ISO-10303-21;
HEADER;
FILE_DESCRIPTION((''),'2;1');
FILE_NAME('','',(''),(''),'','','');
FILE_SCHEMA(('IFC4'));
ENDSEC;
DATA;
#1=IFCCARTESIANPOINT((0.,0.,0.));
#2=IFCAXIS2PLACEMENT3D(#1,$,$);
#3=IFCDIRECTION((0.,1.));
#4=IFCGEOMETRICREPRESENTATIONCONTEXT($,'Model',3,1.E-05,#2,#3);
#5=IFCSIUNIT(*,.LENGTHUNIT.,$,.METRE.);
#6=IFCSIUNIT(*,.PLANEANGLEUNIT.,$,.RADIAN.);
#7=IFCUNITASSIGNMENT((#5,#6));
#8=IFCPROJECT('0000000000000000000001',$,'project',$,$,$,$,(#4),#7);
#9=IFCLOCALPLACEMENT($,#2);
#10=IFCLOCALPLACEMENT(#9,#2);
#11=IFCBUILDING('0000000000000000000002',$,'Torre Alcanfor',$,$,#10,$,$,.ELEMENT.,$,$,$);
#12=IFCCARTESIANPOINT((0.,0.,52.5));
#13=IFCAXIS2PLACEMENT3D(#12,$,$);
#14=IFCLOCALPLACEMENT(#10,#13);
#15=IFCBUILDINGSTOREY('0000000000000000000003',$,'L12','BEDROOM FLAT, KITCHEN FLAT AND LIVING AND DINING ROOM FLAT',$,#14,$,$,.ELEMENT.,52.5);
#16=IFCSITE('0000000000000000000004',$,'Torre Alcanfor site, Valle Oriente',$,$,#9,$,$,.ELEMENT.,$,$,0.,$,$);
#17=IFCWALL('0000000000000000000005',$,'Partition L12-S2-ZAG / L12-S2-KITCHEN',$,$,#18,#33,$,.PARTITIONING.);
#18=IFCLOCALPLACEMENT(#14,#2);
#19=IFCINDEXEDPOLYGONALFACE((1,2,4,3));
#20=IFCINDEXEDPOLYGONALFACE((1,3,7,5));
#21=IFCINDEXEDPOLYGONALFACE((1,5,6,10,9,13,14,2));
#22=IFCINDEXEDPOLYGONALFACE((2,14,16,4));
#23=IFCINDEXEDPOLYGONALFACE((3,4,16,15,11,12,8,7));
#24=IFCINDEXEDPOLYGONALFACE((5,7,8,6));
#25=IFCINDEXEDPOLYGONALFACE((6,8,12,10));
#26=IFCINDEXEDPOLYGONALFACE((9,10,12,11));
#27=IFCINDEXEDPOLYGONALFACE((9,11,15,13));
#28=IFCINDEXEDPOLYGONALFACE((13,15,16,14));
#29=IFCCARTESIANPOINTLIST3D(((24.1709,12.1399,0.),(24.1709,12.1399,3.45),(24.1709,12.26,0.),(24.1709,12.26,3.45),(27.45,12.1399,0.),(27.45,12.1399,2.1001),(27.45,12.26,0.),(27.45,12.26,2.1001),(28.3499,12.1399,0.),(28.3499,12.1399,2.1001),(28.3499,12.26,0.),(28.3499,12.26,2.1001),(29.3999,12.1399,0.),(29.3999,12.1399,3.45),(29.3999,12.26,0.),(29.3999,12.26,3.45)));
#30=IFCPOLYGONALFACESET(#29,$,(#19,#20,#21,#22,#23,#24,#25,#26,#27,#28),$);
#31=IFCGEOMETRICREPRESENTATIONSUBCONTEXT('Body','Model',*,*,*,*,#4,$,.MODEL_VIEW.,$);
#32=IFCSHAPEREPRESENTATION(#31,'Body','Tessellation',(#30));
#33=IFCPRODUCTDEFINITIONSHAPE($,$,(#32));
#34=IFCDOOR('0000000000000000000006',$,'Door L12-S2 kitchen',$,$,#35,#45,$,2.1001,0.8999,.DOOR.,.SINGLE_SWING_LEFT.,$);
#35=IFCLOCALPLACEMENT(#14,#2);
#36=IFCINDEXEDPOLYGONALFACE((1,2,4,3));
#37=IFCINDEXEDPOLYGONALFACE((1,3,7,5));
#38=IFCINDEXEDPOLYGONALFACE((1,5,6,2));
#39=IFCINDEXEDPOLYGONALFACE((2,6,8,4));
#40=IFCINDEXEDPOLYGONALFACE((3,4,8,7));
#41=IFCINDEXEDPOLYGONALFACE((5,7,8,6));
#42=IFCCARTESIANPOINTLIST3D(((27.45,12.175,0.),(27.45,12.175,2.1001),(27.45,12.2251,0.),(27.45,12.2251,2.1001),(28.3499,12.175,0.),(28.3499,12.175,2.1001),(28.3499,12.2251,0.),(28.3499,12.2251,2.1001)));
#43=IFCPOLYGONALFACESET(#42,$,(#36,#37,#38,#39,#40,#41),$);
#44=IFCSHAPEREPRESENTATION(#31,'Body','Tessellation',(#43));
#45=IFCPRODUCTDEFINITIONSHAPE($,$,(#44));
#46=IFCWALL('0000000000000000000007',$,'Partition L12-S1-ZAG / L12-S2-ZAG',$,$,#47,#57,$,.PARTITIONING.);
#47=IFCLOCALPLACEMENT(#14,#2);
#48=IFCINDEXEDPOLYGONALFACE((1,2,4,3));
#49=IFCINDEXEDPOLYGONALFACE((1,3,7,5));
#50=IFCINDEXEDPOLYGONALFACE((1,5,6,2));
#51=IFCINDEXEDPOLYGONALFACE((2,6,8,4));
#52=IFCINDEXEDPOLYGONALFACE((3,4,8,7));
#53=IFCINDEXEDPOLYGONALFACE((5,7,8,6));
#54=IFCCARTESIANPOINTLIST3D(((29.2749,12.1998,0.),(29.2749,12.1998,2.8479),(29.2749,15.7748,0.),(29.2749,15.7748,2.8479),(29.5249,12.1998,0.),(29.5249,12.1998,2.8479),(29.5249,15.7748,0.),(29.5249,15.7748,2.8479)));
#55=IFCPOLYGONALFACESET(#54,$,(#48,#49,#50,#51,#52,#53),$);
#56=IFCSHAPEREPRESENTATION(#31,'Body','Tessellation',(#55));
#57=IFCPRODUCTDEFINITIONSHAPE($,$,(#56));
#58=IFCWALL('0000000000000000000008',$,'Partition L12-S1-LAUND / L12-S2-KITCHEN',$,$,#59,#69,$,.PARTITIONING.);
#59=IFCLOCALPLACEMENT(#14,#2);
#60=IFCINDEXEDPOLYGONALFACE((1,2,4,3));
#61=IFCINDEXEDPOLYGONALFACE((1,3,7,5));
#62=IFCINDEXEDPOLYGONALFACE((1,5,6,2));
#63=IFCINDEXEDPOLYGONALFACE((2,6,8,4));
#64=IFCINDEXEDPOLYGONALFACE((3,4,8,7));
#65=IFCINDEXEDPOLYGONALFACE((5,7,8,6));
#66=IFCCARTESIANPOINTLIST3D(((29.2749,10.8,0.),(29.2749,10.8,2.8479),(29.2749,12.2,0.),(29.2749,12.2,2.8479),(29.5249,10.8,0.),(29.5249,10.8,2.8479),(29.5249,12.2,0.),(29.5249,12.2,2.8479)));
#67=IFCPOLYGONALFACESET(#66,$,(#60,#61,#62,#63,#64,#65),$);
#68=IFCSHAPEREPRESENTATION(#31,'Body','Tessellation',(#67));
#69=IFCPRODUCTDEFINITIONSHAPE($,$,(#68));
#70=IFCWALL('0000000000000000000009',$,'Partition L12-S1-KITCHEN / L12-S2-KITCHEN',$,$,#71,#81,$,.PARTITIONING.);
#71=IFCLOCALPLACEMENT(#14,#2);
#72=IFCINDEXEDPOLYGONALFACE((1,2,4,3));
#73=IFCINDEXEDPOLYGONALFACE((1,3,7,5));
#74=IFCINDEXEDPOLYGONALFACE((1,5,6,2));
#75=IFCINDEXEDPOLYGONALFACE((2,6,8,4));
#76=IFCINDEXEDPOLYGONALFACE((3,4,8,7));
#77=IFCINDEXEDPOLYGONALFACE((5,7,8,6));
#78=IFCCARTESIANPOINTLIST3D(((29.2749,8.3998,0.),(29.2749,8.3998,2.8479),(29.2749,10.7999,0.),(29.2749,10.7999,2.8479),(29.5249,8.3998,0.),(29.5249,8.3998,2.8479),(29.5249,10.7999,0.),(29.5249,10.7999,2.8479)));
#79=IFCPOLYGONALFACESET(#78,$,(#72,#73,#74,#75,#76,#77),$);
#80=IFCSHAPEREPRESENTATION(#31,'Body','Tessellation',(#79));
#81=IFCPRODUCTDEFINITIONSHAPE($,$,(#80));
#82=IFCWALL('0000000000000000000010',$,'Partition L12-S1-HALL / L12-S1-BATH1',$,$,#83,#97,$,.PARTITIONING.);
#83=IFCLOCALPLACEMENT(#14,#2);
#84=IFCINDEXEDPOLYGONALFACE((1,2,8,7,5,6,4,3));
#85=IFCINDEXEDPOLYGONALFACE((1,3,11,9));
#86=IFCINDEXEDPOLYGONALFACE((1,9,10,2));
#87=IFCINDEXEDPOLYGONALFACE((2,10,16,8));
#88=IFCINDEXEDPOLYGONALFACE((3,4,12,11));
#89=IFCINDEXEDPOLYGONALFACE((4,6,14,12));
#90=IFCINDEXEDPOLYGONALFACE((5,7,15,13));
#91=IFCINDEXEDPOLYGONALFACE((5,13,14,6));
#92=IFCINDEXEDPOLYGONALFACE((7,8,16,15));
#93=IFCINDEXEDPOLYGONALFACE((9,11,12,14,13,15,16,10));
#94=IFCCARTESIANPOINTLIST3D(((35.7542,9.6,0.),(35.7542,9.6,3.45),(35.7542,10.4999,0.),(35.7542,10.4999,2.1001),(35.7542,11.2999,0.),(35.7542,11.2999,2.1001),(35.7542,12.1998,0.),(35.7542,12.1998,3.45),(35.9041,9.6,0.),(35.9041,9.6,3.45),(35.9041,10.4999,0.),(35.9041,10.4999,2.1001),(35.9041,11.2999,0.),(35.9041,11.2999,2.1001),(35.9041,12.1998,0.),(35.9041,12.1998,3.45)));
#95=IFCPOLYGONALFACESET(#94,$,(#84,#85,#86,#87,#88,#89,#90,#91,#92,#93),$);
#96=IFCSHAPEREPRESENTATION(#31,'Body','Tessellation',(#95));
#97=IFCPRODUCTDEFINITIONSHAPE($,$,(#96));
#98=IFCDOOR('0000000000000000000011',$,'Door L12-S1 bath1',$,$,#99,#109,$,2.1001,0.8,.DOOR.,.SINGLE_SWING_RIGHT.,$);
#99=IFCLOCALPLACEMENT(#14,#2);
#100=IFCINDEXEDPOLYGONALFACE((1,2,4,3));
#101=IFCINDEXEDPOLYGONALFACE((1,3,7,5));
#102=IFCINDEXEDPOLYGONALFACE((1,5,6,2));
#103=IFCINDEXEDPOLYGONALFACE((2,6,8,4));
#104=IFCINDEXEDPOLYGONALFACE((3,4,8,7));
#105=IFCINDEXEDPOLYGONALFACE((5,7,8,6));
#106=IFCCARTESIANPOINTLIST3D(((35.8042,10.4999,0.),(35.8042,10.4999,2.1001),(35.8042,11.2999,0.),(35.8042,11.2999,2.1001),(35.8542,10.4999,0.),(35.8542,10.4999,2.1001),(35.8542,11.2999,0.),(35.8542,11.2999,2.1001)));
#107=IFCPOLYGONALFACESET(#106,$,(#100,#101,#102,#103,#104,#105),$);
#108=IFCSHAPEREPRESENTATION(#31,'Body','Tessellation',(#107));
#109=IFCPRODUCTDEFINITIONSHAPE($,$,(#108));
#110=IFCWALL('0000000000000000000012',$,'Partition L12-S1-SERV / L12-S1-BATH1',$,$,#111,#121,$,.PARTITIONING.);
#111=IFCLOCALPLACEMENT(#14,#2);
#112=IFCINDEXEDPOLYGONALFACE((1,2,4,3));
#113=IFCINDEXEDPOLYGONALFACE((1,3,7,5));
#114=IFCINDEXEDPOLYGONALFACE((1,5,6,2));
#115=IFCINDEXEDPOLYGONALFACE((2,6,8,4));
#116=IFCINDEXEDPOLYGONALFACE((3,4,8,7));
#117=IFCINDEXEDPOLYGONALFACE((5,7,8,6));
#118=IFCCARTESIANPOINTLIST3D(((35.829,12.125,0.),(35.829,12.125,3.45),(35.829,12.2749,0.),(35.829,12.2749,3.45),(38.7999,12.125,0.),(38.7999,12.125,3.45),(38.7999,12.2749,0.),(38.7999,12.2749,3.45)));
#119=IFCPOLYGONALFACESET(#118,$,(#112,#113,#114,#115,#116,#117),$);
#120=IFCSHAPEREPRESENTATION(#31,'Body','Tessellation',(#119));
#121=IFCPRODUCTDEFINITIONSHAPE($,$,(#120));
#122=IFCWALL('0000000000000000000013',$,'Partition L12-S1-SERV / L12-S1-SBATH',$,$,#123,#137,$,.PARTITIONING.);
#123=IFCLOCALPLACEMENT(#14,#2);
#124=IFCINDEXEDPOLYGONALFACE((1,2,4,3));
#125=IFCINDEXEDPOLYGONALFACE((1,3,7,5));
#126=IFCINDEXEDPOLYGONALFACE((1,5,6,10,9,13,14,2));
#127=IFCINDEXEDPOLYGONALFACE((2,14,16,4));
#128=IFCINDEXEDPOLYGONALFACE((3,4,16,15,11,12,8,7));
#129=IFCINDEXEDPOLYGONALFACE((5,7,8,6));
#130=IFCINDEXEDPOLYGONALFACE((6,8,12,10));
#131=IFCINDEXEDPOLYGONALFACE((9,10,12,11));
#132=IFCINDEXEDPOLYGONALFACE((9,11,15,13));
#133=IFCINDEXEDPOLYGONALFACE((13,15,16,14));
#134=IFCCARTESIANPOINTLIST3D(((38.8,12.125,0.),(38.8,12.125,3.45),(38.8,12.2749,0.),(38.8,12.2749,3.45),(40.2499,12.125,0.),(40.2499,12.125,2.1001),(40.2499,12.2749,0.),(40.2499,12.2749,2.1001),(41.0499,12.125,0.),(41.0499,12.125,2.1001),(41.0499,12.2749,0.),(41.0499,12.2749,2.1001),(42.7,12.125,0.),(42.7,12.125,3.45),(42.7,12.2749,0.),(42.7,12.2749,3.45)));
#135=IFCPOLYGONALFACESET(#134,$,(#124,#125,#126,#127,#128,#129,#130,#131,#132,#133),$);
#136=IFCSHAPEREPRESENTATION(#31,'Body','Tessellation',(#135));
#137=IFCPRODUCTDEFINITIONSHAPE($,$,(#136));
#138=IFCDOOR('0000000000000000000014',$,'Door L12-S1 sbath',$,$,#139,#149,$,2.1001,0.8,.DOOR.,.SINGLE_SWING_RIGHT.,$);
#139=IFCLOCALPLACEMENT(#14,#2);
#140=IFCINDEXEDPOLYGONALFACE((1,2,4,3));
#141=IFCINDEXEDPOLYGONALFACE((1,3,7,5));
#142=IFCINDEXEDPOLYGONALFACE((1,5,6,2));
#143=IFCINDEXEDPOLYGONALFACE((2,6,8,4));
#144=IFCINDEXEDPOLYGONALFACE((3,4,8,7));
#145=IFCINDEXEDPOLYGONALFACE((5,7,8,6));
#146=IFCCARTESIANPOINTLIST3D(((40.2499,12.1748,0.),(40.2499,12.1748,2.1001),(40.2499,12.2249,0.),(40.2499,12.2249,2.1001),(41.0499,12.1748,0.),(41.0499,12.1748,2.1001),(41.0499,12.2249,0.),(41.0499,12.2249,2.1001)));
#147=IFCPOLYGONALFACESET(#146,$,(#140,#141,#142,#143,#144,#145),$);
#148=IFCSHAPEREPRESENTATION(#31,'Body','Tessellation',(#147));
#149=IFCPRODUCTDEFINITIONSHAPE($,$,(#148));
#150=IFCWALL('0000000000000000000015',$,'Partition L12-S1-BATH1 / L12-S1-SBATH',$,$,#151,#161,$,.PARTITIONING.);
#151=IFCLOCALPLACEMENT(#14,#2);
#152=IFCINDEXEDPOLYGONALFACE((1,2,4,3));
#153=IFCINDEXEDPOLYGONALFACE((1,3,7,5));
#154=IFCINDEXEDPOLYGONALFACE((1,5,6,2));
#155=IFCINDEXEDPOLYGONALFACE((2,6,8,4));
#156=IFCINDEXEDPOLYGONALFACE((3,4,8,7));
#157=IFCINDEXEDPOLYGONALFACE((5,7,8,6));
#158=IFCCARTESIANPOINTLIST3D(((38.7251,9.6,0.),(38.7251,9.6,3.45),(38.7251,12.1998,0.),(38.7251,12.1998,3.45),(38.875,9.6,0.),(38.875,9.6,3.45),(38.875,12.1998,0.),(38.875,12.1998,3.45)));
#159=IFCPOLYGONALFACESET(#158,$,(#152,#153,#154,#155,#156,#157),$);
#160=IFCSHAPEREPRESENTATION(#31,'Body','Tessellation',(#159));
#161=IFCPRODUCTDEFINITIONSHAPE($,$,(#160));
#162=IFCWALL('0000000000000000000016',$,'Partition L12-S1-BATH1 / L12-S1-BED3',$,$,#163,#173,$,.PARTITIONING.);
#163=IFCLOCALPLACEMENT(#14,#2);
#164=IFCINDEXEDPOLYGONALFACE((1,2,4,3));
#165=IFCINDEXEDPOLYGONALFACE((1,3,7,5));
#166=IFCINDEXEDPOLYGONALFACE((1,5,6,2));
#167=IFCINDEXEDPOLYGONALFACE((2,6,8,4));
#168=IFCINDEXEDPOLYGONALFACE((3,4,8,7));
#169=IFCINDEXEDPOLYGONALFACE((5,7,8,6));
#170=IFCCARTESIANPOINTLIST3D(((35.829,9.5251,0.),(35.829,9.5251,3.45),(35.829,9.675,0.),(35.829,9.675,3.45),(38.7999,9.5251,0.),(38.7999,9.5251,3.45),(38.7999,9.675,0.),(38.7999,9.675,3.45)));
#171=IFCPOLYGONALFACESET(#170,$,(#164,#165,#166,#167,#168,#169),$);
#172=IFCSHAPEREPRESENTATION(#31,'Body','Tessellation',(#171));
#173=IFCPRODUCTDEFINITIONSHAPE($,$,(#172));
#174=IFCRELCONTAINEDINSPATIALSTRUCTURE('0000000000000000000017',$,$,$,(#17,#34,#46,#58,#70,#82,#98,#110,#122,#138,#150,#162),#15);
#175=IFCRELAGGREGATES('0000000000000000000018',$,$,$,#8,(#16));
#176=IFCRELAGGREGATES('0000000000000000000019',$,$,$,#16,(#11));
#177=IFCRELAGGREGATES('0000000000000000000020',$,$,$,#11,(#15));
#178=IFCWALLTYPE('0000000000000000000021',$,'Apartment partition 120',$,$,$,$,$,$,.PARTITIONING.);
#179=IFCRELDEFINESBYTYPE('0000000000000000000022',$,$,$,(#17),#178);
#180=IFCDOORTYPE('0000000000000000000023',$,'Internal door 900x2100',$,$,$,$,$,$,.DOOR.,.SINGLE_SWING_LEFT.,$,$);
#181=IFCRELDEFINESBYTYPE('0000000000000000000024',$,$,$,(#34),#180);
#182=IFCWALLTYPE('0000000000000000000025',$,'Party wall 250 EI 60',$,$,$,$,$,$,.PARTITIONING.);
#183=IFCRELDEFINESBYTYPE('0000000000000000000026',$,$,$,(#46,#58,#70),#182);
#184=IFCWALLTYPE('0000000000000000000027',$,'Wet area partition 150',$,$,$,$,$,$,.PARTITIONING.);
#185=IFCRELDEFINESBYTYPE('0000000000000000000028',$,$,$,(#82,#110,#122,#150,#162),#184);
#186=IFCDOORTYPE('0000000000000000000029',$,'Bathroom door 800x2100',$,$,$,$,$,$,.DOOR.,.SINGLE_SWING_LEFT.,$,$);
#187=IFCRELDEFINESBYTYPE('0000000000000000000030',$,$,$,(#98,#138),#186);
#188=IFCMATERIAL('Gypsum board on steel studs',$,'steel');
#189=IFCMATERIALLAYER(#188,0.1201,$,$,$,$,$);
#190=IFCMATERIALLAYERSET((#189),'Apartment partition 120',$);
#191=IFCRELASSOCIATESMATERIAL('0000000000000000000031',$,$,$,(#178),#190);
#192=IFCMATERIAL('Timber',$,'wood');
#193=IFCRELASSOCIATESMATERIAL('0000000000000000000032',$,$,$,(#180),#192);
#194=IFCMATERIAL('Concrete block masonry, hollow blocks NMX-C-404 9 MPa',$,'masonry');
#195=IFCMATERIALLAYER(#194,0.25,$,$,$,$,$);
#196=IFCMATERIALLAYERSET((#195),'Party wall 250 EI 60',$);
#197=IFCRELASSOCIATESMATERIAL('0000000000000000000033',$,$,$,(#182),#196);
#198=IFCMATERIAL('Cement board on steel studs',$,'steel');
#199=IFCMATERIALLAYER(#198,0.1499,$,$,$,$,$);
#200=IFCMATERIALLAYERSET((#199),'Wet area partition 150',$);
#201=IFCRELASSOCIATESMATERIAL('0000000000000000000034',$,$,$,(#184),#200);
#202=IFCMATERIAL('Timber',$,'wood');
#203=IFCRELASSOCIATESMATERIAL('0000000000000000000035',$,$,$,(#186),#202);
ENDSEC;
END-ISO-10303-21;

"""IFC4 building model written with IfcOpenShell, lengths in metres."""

from ifc_helpers import new_model, si_unit, direction, frame, frame_2d, origin, place, context, subcontext, project, spatial, rectangle, extrude, material, layer, layer_set, type_object, element, fill, save


model = new_model("IFC4")

# Units and contexts
model_context = context("Model", 3, precision=1e-05, world=origin(), true_north=direction((0.0, 1.0)))
body_context = subcontext(model_context, "Body", "Model", "MODEL_VIEW")
ifc_project = project(units=[si_unit("LENGTHUNIT", "METRE"), si_unit("PLANEANGLEUNIT", "RADIAN")], contexts=[model_context])

# Site, building, storey
site_placement = place(None, origin())
site = spatial("IfcSite", under=ifc_project, at=site_placement, Name="Torre Alcanfor site, Valle Oriente", CompositionType="ELEMENT", RefElevation=0.0)
building_placement = place(site_placement, origin())
building = spatial("IfcBuilding", under=site, at=building_placement, Name="Torre Alcanfor", CompositionType="ELEMENT")
storey_placement = place(building_placement, frame((0.0, 0.0, 52.5)))
storey = spatial("IfcBuildingStorey", under=building, at=storey_placement, Name="L12", Description="BEDROOM FLAT, KITCHEN FLAT AND LIVING AND DINING ROOM FLAT", CompositionType="ELEMENT", Elevation=52.5)

# Shared definitions
ifc_material_1 = material(Name="Gypsum board on steel studs", Category="steel")
ifc_layer_1 = layer(ifc_material_1, 0.1201)
ifc_layer_set_1 = layer_set([ifc_layer_1], Name="Apartment partition 120")
wall_type_1 = type_object("IfcWallType", Name="Apartment partition 120", PredefinedType="PARTITIONING", material=ifc_layer_set_1)

# Wall, opening, door
ifc_material_2 = material(Name="Timber", Category="wood")
door_type_1 = type_object("IfcDoorType", Name="Internal door 900x2100", OperationType="SINGLE_SWING_LEFT", PredefinedType="DOOR", material=ifc_material_2)
wall_1_placement = place(storey_placement, frame((29.3999, 12.2, 0.0), z_axis=(0.0, 0.0, 1.0), x_axis=(-1.0, 0.0, 0.0)))
wall_1 = element("IfcWall", 1, at=wall_1_placement, inside=storey, type_object=wall_type_1, Name="Partition L12-S2-ZAG / L12-S2-KITCHEN", PredefinedType="PARTITIONING", context=body_context, shape_type="SweptSolid", body=[
    extrude(rectangle(XDim=5.229, YDim=0.1201, at=frame_2d((2.6145, 0.0))), origin(), (0.0, 0.0, 1.0), 3.45),
])
opening_1_placement = place(wall_1_placement, frame((1.05, 0.0, 0.0)))
opening_1 = element("IfcOpeningElement", 2, at=opening_1_placement, cuts=wall_1, PredefinedType="OPENING", context=body_context, shape_type="SweptSolid", body=[
    extrude(rectangle(XDim=0.8999, YDim=2.1001, at=frame_2d((0.45, 1.05))), frame((0.0, 0.0701, 0.0), z_axis=(0.0, -1.0, 0.0), x_axis=(1.0, 0.0, 0.0)), (0.0, 0.0, 1.0), 0.1401),
])
door_1_placement = place(opening_1_placement, origin())
door_1 = element("IfcDoor", 3, at=door_1_placement, inside=storey, type_object=door_type_1, Name="Door L12-S2 kitchen", OperationType="SINGLE_SWING_LEFT", OverallHeight=2.1001, OverallWidth=0.8999, PredefinedType="DOOR", context=body_context, shape_type="SweptSolid", body=[
    extrude(rectangle(XDim=0.8999, YDim=2.1001, at=frame_2d((0.45, 1.05))), frame((0.0, 0.0249, 0.0), z_axis=(0.0, -1.0, 0.0), x_axis=(1.0, 0.0, 0.0)), (0.0, 0.0, 1.0), 0.05),
])
fill(opening_1, door_1)

# Walls
ifc_material_3 = material(Name="Concrete block masonry, hollow blocks NMX-C-404 9 MPa", Category="masonry")
ifc_layer_2 = layer(ifc_material_3, 0.25)
ifc_layer_set_2 = layer_set([ifc_layer_2], Name="Party wall 250 EI 60")
wall_type_2 = type_object("IfcWallType", Name="Party wall 250 EI 60", PredefinedType="PARTITIONING", material=ifc_layer_set_2)
wall_2_placement = place(storey_placement, frame((29.3999, 15.7749, 0.0), z_axis=(0.0, 0.0, 1.0), x_axis=(0.0, -1.0, 0.0)))
element("IfcWall", 4, at=wall_2_placement, inside=storey, type_object=wall_type_2, Name="Partition L12-S1-ZAG / L12-S2-ZAG", PredefinedType="PARTITIONING", context=body_context, shape_type="SweptSolid", body=[
    extrude(rectangle(XDim=3.575, YDim=0.25, at=frame_2d((1.7876, 0.0))), origin(), (0.0, 0.0, 1.0), 2.8479),
])
wall_3_placement = place(storey_placement, frame((29.3999, 12.2, 0.0), z_axis=(0.0, 0.0, 1.0), x_axis=(0.0, -1.0, 0.0)))
element("IfcWall", 5, at=wall_3_placement, inside=storey, type_object=wall_type_2, Name="Partition L12-S1-LAUND / L12-S2-KITCHEN", PredefinedType="PARTITIONING", context=body_context, shape_type="SweptSolid", body=[
    extrude(rectangle(XDim=1.3999, YDim=0.25, at=frame_2d((0.7, 0.0))), origin(), (0.0, 0.0, 1.0), 2.8479),
])
wall_4_placement = place(storey_placement, frame((29.3999, 10.8, 0.0), z_axis=(0.0, 0.0, 1.0), x_axis=(0.0, -1.0, 0.0)))
element("IfcWall", 6, at=wall_4_placement, inside=storey, type_object=wall_type_2, Name="Partition L12-S1-KITCHEN / L12-S2-KITCHEN", PredefinedType="PARTITIONING", context=body_context, shape_type="SweptSolid", body=[
    extrude(rectangle(XDim=2.4001, YDim=0.25, at=frame_2d((1.2002, 0.0))), origin(), (0.0, 0.0, 1.0), 2.8479),
])

# Wall, opening, door
ifc_material_4 = material(Name="Cement board on steel studs", Category="steel")
ifc_layer_3 = layer(ifc_material_4, 0.1499)
ifc_layer_set_3 = layer_set([ifc_layer_3], Name="Wet area partition 150")
wall_type_3 = type_object("IfcWallType", Name="Wet area partition 150", PredefinedType="PARTITIONING", material=ifc_layer_set_3)
wall_5_placement = place(storey_placement, frame((35.8291, 9.6001, 0.0), z_axis=(0.0, 0.0, 1.0), x_axis=(0.0, 1.0, 0.0)))
wall_5 = element("IfcWall", 7, at=wall_5_placement, inside=storey, type_object=wall_type_3, Name="Partition L12-S1-HALL / L12-S1-BATH1", PredefinedType="PARTITIONING", context=body_context, shape_type="SweptSolid", body=[
    extrude(rectangle(XDim=2.5999, YDim=0.1499, at=frame_2d((1.2998, 0.0))), origin(), (0.0, 0.0, 1.0), 3.45),
])
opening_2_placement = place(wall_5_placement, frame((0.8999, 0.0, 0.0)))
opening_2 = element("IfcOpeningElement", 8, at=opening_2_placement, cuts=wall_5, PredefinedType="OPENING", context=body_context, shape_type="SweptSolid", body=[
    extrude(rectangle(XDim=0.8, YDim=2.1001, at=frame_2d((0.3999, 1.05))), frame((0.0, 0.085, 0.0), z_axis=(0.0, -1.0, 0.0), x_axis=(1.0, 0.0, 0.0)), (0.0, 0.0, 1.0), 0.1699),
])
ifc_material_5 = material(Name="Timber", Category="wood")
door_type_2 = type_object("IfcDoorType", Name="Bathroom door 800x2100", OperationType="SINGLE_SWING_LEFT", PredefinedType="DOOR", material=ifc_material_5)
door_2_placement = place(opening_2_placement, frame((0.8, 0.0, 0.0), z_axis=(0.0, 0.0, 1.0), x_axis=(-1.0, 0.0, 0.0)))
door_2 = element("IfcDoor", 9, at=door_2_placement, inside=storey, type_object=door_type_2, Name="Door L12-S1 bath1", OperationType="SINGLE_SWING_RIGHT", OverallHeight=2.1001, OverallWidth=0.8, PredefinedType="DOOR", context=body_context, shape_type="SweptSolid", body=[
    extrude(rectangle(XDim=0.8, YDim=2.1001, at=frame_2d((0.4001, 1.05))), frame((0.0, 0.0251, 0.0), z_axis=(0.0, -1.0, 0.0), x_axis=(1.0, 0.0, 0.0)), (0.0, 0.0, 1.0), 0.05),
])
fill(opening_2, door_2)

# Wall
wall_6_placement = place(storey_placement, frame((35.8291, 12.2, 0.0), z_axis=(0.0, 0.0, 1.0), x_axis=(1.0, 0.0, 0.0)))
element("IfcWall", 10, at=wall_6_placement, inside=storey, type_object=wall_type_3, Name="Partition L12-S1-SERV / L12-S1-BATH1", PredefinedType="PARTITIONING", context=body_context, shape_type="SweptSolid", body=[
    extrude(rectangle(XDim=2.9709, YDim=0.1499, at=frame_2d((1.4854, 0.0))), origin(), (0.0, 0.0, 1.0), 3.45),
])

# Wall, opening, door
wall_7_placement = place(storey_placement, frame((38.8, 12.2, 0.0), z_axis=(0.0, 0.0, 1.0), x_axis=(1.0, 0.0, 0.0)))
wall_7 = element("IfcWall", 11, at=wall_7_placement, inside=storey, type_object=wall_type_3, Name="Partition L12-S1-SERV / L12-S1-SBATH", PredefinedType="PARTITIONING", context=body_context, shape_type="SweptSolid", body=[
    extrude(rectangle(XDim=3.8999, YDim=0.1499, at=frame_2d((1.95, 0.0))), origin(), (0.0, 0.0, 1.0), 3.45),
])
opening_3_placement = place(wall_7_placement, frame((1.45, 0.0, 0.0)))
opening_3 = element("IfcOpeningElement", 12, at=opening_3_placement, cuts=wall_7, PredefinedType="OPENING", context=body_context, shape_type="SweptSolid", body=[
    extrude(rectangle(XDim=0.8, YDim=2.1001, at=frame_2d((0.3999, 1.05))), frame((0.0, 0.085, 0.0), z_axis=(0.0, -1.0, 0.0), x_axis=(1.0, 0.0, 0.0)), (0.0, 0.0, 1.0), 0.1699),
])
door_3_placement = place(opening_3_placement, frame((0.8, 0.0, 0.0), z_axis=(0.0, 0.0, 1.0), x_axis=(-1.0, 0.0, 0.0)))
door_3 = element("IfcDoor", 13, at=door_3_placement, inside=storey, type_object=door_type_2, Name="Door L12-S1 sbath", OperationType="SINGLE_SWING_RIGHT", OverallHeight=2.1001, OverallWidth=0.8, PredefinedType="DOOR", context=body_context, shape_type="SweptSolid", body=[
    extrude(rectangle(XDim=0.8, YDim=2.1001, at=frame_2d((0.4001, 1.05))), frame((0.0, 0.0251, 0.0), z_axis=(0.0, -1.0, 0.0), x_axis=(1.0, 0.0, 0.0)), (0.0, 0.0, 1.0), 0.05),
])
fill(opening_3, door_3)

# Walls
wall_8_placement = place(storey_placement, frame((38.8, 9.6001, 0.0), z_axis=(0.0, 0.0, 1.0), x_axis=(0.0, 1.0, 0.0)))
element("IfcWall", 14, at=wall_8_placement, inside=storey, type_object=wall_type_3, Name="Partition L12-S1-BATH1 / L12-S1-SBATH", PredefinedType="PARTITIONING", context=body_context, shape_type="SweptSolid", body=[
    extrude(rectangle(XDim=2.5999, YDim=0.1499, at=frame_2d((1.2998, 0.0))), origin(), (0.0, 0.0, 1.0), 3.45),
])
wall_9_placement = place(storey_placement, frame((35.8291, 9.6001, 0.0), z_axis=(0.0, 0.0, 1.0), x_axis=(1.0, 0.0, 0.0)))
element("IfcWall", 15, at=wall_9_placement, inside=storey, type_object=wall_type_3, Name="Partition L12-S1-BATH1 / L12-S1-BED3", PredefinedType="PARTITIONING", context=body_context, shape_type="SweptSolid", body=[
    extrude(rectangle(XDim=2.9709, YDim=0.1499, at=frame_2d((1.4854, 0.0))), origin(), (0.0, 0.0, 1.0), 3.45),
])

save(model, "model.ifc")
